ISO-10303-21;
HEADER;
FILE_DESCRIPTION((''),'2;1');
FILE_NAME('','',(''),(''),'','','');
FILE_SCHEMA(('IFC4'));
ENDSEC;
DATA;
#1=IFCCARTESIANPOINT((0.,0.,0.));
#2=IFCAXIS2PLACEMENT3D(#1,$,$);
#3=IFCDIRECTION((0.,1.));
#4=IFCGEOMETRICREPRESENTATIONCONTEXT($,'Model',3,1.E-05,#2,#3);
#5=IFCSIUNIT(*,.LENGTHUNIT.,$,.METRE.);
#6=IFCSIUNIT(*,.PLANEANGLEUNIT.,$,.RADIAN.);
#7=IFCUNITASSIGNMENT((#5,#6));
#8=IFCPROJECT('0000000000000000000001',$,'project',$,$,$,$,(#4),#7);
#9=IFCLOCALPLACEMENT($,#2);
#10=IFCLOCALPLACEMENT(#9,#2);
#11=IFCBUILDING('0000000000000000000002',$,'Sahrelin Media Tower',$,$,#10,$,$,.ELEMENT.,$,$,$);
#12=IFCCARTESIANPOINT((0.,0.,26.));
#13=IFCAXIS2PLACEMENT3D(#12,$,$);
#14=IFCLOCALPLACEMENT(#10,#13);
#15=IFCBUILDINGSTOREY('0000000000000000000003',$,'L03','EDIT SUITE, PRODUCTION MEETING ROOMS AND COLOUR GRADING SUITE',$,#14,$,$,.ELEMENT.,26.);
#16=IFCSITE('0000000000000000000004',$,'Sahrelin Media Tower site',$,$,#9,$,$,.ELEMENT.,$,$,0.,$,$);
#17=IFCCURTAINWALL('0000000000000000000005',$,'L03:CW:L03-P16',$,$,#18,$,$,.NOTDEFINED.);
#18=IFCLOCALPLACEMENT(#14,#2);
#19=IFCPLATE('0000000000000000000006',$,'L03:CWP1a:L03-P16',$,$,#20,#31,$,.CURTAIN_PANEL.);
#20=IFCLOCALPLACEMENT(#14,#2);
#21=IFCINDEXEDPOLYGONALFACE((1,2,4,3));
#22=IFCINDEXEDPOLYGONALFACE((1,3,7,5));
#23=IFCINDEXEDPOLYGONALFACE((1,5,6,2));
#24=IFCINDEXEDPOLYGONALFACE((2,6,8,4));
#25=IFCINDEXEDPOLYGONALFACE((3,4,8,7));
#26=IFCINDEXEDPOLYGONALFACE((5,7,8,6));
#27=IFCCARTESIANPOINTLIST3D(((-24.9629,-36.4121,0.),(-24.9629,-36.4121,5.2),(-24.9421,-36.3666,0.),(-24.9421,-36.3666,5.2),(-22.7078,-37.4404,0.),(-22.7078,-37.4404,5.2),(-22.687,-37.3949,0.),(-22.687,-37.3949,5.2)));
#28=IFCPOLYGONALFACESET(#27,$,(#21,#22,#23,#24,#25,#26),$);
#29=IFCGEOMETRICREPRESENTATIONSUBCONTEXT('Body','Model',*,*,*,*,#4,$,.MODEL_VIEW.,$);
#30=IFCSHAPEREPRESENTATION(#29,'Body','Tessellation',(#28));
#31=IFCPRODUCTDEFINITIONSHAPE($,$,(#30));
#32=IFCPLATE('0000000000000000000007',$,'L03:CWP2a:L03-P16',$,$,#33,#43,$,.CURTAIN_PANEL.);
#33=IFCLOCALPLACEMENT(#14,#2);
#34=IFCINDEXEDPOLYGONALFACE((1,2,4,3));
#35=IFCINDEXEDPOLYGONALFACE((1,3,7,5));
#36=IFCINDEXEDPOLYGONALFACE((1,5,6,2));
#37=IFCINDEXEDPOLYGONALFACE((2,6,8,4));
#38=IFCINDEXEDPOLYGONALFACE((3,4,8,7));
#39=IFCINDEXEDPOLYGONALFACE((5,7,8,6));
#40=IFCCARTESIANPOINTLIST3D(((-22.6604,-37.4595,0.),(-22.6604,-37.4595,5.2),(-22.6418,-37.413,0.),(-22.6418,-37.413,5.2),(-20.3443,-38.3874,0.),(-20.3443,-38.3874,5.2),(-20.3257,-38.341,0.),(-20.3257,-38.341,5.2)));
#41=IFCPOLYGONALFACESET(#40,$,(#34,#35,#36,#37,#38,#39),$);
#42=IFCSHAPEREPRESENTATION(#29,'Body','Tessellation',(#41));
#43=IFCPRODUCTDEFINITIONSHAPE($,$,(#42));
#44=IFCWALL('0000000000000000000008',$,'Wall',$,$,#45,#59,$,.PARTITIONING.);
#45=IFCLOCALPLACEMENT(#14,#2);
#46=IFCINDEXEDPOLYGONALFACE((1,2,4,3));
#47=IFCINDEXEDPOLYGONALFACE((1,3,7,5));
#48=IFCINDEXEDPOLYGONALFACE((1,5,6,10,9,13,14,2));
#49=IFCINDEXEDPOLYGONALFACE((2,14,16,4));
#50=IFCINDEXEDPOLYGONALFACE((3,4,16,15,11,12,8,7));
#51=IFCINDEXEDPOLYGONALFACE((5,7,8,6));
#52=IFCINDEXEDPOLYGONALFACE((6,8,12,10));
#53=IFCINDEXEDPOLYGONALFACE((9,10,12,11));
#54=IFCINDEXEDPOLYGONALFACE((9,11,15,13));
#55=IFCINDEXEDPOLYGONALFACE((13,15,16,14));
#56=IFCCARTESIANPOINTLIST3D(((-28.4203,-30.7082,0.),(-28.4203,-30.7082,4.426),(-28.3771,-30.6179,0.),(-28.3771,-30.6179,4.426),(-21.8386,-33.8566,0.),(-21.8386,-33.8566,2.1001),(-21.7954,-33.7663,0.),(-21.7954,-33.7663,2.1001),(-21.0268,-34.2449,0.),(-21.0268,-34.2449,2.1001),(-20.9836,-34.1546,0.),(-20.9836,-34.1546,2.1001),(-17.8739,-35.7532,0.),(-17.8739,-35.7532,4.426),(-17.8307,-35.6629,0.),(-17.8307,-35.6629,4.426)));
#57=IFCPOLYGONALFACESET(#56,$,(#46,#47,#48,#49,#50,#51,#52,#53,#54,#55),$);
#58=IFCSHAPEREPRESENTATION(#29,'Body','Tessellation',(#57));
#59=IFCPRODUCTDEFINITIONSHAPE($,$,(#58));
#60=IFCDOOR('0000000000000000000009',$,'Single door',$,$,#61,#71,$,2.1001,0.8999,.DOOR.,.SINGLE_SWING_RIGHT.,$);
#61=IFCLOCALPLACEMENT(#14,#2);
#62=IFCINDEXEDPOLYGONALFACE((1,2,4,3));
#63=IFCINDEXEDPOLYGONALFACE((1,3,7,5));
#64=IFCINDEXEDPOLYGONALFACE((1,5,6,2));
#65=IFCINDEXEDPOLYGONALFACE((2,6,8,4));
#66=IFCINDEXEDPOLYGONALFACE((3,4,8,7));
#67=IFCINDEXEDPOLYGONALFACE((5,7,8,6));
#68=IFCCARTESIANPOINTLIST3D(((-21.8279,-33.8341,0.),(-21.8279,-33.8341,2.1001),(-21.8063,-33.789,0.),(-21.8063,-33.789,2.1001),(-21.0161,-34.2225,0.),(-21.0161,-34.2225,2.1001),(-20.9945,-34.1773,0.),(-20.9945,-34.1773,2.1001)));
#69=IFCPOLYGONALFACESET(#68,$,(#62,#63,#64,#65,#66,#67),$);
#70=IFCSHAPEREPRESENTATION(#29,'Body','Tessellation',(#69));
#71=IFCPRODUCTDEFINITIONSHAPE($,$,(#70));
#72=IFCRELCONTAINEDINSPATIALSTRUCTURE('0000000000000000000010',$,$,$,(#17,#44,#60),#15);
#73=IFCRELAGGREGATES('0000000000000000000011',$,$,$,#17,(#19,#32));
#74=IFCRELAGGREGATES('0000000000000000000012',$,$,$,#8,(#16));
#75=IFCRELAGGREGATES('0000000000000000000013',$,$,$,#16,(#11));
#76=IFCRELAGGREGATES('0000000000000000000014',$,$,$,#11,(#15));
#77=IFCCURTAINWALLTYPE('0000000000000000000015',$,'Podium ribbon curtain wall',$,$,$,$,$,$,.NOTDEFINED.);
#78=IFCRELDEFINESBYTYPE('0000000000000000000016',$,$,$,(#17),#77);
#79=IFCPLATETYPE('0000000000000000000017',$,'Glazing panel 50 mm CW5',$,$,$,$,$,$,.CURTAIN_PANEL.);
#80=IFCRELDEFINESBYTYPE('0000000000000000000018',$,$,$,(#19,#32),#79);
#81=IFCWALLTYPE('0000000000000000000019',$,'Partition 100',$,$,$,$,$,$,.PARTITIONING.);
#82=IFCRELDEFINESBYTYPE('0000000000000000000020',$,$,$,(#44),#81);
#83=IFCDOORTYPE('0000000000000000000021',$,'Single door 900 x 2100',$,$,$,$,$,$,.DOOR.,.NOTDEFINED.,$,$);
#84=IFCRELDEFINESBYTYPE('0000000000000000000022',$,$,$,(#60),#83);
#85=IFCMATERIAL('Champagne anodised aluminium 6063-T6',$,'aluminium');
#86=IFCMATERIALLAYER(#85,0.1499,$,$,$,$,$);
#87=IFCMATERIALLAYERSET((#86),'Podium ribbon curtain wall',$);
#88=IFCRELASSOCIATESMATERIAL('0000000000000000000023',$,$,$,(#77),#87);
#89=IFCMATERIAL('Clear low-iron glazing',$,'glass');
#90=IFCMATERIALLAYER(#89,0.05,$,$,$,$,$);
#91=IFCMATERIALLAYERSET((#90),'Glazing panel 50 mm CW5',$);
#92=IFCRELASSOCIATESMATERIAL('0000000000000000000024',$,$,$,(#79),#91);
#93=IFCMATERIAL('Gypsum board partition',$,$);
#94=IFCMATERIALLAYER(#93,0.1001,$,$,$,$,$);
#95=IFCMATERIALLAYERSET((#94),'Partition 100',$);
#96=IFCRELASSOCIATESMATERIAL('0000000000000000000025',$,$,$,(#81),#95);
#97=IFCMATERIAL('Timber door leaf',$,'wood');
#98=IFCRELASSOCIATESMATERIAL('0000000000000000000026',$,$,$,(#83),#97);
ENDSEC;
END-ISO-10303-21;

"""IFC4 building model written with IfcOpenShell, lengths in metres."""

from ifc_helpers import new_model, si_unit, direction, frame, frame_2d, origin, place, context, subcontext, project, spatial, polyline, rectangle, outline, extrude, material, layer, layer_set, type_object, element, fill, aggregate, save


model = new_model("IFC4")

# Units and contexts
model_context = context("Model", 3, precision=1e-05, world=origin(), true_north=direction((0.0, 1.0)))
body_context = subcontext(model_context, "Body", "Model", "MODEL_VIEW")
ifc_project = project(units=[si_unit("LENGTHUNIT", "METRE"), si_unit("PLANEANGLEUNIT", "RADIAN")], contexts=[model_context])

# Site, building, storey
site_placement = place(None, origin())
site = spatial("IfcSite", under=ifc_project, at=site_placement, Name="Sahrelin Media Tower site", CompositionType="ELEMENT", RefElevation=0.0)
building_placement = place(site_placement, origin())
building = spatial("IfcBuilding", under=site, at=building_placement, Name="Sahrelin Media Tower", CompositionType="ELEMENT")
storey_placement = place(building_placement, frame((0.0, 0.0, 26.0)))
storey = spatial("IfcBuildingStorey", under=building, at=storey_placement, Name="L03", Description="EDIT SUITE, PRODUCTION MEETING ROOMS AND COLOUR GRADING SUITE", CompositionType="ELEMENT", Elevation=26.0)

# Curtain wall
ifc_material_1 = material(Name="Champagne anodised aluminium 6063-T6", Category="aluminium")
ifc_layer_1 = layer(ifc_material_1, 0.1499)
ifc_layer_set_1 = layer_set([ifc_layer_1], Name="Podium ribbon curtain wall")
curtain_wall_type = type_object("IfcCurtainWallType", Name="Podium ribbon curtain wall", PredefinedType="NOTDEFINED", material=ifc_layer_set_1)
curtain_wall_1_placement = place(storey_placement, frame((-25.0, -36.373, 0.0), z_axis=(0.0, 0.0, 1.0), x_axis=(1.0, 0.0, 0.0)))
curtain_wall_1 = element("IfcCurtainWall", 1, at=curtain_wall_1_placement, inside=storey, type_object=curtain_wall_type, Name="L03:CW:L03-P16", PredefinedType="NOTDEFINED")

# Plates
ifc_material_2 = material(Name="Clear low-iron glazing", Category="glass")
ifc_layer_2 = layer(ifc_material_2, 0.05)
ifc_layer_set_2 = layer_set([ifc_layer_2], Name="Glazing panel 50 mm CW5")
plate_type = type_object("IfcPlateType", Name="Glazing panel 50 mm CW5", PredefinedType="CURTAIN_PANEL", material=ifc_layer_set_2)
plate_1_placement = place(storey_placement, frame((-24.9629, -36.4121, 0.0), z_axis=(-0.414894, -0.90987, 0.0), x_axis=(0.90987, -0.414894, 0.0)))
plate_1 = element("IfcPlate", 2, at=plate_1_placement, type_object=plate_type, Name="L03:CWP1a:L03-P16", PredefinedType="CURTAIN_PANEL", context=body_context, shape_type="SweptSolid", body=[
    extrude(outline(polyline([(0.0, 0.0), (2.4785, 0.0), (2.4785, 5.2), (0.0, 5.2), (0.0, 0.0)])), origin(), (0.0, 0.0, -1.0), 0.05),
])
plate_2_placement = place(storey_placement, frame((-22.6604, -37.4595, 0.0), z_axis=(-0.371914, -0.928267, 0.0), x_axis=(0.928267, -0.371914, 0.0)))
plate_2 = element("IfcPlate", 3, at=plate_2_placement, type_object=plate_type, Name="L03:CWP2a:L03-P16", PredefinedType="CURTAIN_PANEL", context=body_context, shape_type="SweptSolid", body=[
    extrude(outline(polyline([(0.0, 0.0), (2.4951, 0.0), (2.4951, 5.2), (0.0, 5.2), (0.0, 0.0)])), origin(), (0.0, 0.0, -1.0), 0.05),
])
aggregate(curtain_wall_1, [plate_1, plate_2])

# Wall, opening, door
ifc_material_3 = material(Name="Gypsum board partition")
ifc_layer_3 = layer(ifc_material_3, 0.1001)
ifc_layer_set_3 = layer_set([ifc_layer_3], Name="Partition 100")
wall_type = type_object("IfcWallType", Name="Partition 100", PredefinedType="PARTITIONING", material=ifc_layer_set_3)
wall_placement = place(storey_placement, frame((-28.3987, -30.6631, 0.0), z_axis=(0.0, 0.0, 1.0), x_axis=(0.902101, -0.431525, 0.0)))
wall = element("IfcWall", 4, at=wall_placement, inside=storey, type_object=wall_type, Name="Wall", PredefinedType="PARTITIONING", context=body_context, shape_type="SweptSolid", body=[
    extrude(rectangle(XDim=11.6909, YDim=0.1001, at=frame_2d((5.8455, 0.0))), origin(), (0.0, 0.0, 1.0), 4.426),
])
opening_placement = place(wall_placement, frame((7.2959, 0.0, 0.0)))
opening = element("IfcOpeningElement", 5, at=opening_placement, cuts=wall, PredefinedType="OPENING", context=body_context, shape_type="SweptSolid", body=[
    extrude(rectangle(XDim=0.8999, YDim=2.1001, at=frame_2d((0.45, 1.05))), frame((0.0, 0.05, 0.0), z_axis=(0.0, -1.0, 0.0), x_axis=(1.0, 0.0, 0.0)), (0.0, 0.0, 1.0), 0.1001),
])
ifc_material_4 = material(Name="Timber door leaf", Category="wood")
door_type = type_object("IfcDoorType", Name="Single door 900 x 2100", OperationType="NOTDEFINED", PredefinedType="DOOR", material=ifc_material_4)
door_placement = place(opening_placement, origin())
door = element("IfcDoor", 6, at=door_placement, inside=storey, type_object=door_type, Name="Single door", OperationType="SINGLE_SWING_RIGHT", OverallHeight=2.1001, OverallWidth=0.8999, PredefinedType="DOOR", context=body_context, shape_type="SweptSolid", body=[
    extrude(rectangle(XDim=0.8999, YDim=2.1001, at=frame_2d((0.45, 1.05))), frame((0.0, 0.0249, 0.0), z_axis=(0.0, -1.0, 0.0), x_axis=(1.0, 0.0, 0.0)), (0.0, 0.0, 1.0), 0.05),
])
fill(opening, door)

save(model, "model.ifc")
